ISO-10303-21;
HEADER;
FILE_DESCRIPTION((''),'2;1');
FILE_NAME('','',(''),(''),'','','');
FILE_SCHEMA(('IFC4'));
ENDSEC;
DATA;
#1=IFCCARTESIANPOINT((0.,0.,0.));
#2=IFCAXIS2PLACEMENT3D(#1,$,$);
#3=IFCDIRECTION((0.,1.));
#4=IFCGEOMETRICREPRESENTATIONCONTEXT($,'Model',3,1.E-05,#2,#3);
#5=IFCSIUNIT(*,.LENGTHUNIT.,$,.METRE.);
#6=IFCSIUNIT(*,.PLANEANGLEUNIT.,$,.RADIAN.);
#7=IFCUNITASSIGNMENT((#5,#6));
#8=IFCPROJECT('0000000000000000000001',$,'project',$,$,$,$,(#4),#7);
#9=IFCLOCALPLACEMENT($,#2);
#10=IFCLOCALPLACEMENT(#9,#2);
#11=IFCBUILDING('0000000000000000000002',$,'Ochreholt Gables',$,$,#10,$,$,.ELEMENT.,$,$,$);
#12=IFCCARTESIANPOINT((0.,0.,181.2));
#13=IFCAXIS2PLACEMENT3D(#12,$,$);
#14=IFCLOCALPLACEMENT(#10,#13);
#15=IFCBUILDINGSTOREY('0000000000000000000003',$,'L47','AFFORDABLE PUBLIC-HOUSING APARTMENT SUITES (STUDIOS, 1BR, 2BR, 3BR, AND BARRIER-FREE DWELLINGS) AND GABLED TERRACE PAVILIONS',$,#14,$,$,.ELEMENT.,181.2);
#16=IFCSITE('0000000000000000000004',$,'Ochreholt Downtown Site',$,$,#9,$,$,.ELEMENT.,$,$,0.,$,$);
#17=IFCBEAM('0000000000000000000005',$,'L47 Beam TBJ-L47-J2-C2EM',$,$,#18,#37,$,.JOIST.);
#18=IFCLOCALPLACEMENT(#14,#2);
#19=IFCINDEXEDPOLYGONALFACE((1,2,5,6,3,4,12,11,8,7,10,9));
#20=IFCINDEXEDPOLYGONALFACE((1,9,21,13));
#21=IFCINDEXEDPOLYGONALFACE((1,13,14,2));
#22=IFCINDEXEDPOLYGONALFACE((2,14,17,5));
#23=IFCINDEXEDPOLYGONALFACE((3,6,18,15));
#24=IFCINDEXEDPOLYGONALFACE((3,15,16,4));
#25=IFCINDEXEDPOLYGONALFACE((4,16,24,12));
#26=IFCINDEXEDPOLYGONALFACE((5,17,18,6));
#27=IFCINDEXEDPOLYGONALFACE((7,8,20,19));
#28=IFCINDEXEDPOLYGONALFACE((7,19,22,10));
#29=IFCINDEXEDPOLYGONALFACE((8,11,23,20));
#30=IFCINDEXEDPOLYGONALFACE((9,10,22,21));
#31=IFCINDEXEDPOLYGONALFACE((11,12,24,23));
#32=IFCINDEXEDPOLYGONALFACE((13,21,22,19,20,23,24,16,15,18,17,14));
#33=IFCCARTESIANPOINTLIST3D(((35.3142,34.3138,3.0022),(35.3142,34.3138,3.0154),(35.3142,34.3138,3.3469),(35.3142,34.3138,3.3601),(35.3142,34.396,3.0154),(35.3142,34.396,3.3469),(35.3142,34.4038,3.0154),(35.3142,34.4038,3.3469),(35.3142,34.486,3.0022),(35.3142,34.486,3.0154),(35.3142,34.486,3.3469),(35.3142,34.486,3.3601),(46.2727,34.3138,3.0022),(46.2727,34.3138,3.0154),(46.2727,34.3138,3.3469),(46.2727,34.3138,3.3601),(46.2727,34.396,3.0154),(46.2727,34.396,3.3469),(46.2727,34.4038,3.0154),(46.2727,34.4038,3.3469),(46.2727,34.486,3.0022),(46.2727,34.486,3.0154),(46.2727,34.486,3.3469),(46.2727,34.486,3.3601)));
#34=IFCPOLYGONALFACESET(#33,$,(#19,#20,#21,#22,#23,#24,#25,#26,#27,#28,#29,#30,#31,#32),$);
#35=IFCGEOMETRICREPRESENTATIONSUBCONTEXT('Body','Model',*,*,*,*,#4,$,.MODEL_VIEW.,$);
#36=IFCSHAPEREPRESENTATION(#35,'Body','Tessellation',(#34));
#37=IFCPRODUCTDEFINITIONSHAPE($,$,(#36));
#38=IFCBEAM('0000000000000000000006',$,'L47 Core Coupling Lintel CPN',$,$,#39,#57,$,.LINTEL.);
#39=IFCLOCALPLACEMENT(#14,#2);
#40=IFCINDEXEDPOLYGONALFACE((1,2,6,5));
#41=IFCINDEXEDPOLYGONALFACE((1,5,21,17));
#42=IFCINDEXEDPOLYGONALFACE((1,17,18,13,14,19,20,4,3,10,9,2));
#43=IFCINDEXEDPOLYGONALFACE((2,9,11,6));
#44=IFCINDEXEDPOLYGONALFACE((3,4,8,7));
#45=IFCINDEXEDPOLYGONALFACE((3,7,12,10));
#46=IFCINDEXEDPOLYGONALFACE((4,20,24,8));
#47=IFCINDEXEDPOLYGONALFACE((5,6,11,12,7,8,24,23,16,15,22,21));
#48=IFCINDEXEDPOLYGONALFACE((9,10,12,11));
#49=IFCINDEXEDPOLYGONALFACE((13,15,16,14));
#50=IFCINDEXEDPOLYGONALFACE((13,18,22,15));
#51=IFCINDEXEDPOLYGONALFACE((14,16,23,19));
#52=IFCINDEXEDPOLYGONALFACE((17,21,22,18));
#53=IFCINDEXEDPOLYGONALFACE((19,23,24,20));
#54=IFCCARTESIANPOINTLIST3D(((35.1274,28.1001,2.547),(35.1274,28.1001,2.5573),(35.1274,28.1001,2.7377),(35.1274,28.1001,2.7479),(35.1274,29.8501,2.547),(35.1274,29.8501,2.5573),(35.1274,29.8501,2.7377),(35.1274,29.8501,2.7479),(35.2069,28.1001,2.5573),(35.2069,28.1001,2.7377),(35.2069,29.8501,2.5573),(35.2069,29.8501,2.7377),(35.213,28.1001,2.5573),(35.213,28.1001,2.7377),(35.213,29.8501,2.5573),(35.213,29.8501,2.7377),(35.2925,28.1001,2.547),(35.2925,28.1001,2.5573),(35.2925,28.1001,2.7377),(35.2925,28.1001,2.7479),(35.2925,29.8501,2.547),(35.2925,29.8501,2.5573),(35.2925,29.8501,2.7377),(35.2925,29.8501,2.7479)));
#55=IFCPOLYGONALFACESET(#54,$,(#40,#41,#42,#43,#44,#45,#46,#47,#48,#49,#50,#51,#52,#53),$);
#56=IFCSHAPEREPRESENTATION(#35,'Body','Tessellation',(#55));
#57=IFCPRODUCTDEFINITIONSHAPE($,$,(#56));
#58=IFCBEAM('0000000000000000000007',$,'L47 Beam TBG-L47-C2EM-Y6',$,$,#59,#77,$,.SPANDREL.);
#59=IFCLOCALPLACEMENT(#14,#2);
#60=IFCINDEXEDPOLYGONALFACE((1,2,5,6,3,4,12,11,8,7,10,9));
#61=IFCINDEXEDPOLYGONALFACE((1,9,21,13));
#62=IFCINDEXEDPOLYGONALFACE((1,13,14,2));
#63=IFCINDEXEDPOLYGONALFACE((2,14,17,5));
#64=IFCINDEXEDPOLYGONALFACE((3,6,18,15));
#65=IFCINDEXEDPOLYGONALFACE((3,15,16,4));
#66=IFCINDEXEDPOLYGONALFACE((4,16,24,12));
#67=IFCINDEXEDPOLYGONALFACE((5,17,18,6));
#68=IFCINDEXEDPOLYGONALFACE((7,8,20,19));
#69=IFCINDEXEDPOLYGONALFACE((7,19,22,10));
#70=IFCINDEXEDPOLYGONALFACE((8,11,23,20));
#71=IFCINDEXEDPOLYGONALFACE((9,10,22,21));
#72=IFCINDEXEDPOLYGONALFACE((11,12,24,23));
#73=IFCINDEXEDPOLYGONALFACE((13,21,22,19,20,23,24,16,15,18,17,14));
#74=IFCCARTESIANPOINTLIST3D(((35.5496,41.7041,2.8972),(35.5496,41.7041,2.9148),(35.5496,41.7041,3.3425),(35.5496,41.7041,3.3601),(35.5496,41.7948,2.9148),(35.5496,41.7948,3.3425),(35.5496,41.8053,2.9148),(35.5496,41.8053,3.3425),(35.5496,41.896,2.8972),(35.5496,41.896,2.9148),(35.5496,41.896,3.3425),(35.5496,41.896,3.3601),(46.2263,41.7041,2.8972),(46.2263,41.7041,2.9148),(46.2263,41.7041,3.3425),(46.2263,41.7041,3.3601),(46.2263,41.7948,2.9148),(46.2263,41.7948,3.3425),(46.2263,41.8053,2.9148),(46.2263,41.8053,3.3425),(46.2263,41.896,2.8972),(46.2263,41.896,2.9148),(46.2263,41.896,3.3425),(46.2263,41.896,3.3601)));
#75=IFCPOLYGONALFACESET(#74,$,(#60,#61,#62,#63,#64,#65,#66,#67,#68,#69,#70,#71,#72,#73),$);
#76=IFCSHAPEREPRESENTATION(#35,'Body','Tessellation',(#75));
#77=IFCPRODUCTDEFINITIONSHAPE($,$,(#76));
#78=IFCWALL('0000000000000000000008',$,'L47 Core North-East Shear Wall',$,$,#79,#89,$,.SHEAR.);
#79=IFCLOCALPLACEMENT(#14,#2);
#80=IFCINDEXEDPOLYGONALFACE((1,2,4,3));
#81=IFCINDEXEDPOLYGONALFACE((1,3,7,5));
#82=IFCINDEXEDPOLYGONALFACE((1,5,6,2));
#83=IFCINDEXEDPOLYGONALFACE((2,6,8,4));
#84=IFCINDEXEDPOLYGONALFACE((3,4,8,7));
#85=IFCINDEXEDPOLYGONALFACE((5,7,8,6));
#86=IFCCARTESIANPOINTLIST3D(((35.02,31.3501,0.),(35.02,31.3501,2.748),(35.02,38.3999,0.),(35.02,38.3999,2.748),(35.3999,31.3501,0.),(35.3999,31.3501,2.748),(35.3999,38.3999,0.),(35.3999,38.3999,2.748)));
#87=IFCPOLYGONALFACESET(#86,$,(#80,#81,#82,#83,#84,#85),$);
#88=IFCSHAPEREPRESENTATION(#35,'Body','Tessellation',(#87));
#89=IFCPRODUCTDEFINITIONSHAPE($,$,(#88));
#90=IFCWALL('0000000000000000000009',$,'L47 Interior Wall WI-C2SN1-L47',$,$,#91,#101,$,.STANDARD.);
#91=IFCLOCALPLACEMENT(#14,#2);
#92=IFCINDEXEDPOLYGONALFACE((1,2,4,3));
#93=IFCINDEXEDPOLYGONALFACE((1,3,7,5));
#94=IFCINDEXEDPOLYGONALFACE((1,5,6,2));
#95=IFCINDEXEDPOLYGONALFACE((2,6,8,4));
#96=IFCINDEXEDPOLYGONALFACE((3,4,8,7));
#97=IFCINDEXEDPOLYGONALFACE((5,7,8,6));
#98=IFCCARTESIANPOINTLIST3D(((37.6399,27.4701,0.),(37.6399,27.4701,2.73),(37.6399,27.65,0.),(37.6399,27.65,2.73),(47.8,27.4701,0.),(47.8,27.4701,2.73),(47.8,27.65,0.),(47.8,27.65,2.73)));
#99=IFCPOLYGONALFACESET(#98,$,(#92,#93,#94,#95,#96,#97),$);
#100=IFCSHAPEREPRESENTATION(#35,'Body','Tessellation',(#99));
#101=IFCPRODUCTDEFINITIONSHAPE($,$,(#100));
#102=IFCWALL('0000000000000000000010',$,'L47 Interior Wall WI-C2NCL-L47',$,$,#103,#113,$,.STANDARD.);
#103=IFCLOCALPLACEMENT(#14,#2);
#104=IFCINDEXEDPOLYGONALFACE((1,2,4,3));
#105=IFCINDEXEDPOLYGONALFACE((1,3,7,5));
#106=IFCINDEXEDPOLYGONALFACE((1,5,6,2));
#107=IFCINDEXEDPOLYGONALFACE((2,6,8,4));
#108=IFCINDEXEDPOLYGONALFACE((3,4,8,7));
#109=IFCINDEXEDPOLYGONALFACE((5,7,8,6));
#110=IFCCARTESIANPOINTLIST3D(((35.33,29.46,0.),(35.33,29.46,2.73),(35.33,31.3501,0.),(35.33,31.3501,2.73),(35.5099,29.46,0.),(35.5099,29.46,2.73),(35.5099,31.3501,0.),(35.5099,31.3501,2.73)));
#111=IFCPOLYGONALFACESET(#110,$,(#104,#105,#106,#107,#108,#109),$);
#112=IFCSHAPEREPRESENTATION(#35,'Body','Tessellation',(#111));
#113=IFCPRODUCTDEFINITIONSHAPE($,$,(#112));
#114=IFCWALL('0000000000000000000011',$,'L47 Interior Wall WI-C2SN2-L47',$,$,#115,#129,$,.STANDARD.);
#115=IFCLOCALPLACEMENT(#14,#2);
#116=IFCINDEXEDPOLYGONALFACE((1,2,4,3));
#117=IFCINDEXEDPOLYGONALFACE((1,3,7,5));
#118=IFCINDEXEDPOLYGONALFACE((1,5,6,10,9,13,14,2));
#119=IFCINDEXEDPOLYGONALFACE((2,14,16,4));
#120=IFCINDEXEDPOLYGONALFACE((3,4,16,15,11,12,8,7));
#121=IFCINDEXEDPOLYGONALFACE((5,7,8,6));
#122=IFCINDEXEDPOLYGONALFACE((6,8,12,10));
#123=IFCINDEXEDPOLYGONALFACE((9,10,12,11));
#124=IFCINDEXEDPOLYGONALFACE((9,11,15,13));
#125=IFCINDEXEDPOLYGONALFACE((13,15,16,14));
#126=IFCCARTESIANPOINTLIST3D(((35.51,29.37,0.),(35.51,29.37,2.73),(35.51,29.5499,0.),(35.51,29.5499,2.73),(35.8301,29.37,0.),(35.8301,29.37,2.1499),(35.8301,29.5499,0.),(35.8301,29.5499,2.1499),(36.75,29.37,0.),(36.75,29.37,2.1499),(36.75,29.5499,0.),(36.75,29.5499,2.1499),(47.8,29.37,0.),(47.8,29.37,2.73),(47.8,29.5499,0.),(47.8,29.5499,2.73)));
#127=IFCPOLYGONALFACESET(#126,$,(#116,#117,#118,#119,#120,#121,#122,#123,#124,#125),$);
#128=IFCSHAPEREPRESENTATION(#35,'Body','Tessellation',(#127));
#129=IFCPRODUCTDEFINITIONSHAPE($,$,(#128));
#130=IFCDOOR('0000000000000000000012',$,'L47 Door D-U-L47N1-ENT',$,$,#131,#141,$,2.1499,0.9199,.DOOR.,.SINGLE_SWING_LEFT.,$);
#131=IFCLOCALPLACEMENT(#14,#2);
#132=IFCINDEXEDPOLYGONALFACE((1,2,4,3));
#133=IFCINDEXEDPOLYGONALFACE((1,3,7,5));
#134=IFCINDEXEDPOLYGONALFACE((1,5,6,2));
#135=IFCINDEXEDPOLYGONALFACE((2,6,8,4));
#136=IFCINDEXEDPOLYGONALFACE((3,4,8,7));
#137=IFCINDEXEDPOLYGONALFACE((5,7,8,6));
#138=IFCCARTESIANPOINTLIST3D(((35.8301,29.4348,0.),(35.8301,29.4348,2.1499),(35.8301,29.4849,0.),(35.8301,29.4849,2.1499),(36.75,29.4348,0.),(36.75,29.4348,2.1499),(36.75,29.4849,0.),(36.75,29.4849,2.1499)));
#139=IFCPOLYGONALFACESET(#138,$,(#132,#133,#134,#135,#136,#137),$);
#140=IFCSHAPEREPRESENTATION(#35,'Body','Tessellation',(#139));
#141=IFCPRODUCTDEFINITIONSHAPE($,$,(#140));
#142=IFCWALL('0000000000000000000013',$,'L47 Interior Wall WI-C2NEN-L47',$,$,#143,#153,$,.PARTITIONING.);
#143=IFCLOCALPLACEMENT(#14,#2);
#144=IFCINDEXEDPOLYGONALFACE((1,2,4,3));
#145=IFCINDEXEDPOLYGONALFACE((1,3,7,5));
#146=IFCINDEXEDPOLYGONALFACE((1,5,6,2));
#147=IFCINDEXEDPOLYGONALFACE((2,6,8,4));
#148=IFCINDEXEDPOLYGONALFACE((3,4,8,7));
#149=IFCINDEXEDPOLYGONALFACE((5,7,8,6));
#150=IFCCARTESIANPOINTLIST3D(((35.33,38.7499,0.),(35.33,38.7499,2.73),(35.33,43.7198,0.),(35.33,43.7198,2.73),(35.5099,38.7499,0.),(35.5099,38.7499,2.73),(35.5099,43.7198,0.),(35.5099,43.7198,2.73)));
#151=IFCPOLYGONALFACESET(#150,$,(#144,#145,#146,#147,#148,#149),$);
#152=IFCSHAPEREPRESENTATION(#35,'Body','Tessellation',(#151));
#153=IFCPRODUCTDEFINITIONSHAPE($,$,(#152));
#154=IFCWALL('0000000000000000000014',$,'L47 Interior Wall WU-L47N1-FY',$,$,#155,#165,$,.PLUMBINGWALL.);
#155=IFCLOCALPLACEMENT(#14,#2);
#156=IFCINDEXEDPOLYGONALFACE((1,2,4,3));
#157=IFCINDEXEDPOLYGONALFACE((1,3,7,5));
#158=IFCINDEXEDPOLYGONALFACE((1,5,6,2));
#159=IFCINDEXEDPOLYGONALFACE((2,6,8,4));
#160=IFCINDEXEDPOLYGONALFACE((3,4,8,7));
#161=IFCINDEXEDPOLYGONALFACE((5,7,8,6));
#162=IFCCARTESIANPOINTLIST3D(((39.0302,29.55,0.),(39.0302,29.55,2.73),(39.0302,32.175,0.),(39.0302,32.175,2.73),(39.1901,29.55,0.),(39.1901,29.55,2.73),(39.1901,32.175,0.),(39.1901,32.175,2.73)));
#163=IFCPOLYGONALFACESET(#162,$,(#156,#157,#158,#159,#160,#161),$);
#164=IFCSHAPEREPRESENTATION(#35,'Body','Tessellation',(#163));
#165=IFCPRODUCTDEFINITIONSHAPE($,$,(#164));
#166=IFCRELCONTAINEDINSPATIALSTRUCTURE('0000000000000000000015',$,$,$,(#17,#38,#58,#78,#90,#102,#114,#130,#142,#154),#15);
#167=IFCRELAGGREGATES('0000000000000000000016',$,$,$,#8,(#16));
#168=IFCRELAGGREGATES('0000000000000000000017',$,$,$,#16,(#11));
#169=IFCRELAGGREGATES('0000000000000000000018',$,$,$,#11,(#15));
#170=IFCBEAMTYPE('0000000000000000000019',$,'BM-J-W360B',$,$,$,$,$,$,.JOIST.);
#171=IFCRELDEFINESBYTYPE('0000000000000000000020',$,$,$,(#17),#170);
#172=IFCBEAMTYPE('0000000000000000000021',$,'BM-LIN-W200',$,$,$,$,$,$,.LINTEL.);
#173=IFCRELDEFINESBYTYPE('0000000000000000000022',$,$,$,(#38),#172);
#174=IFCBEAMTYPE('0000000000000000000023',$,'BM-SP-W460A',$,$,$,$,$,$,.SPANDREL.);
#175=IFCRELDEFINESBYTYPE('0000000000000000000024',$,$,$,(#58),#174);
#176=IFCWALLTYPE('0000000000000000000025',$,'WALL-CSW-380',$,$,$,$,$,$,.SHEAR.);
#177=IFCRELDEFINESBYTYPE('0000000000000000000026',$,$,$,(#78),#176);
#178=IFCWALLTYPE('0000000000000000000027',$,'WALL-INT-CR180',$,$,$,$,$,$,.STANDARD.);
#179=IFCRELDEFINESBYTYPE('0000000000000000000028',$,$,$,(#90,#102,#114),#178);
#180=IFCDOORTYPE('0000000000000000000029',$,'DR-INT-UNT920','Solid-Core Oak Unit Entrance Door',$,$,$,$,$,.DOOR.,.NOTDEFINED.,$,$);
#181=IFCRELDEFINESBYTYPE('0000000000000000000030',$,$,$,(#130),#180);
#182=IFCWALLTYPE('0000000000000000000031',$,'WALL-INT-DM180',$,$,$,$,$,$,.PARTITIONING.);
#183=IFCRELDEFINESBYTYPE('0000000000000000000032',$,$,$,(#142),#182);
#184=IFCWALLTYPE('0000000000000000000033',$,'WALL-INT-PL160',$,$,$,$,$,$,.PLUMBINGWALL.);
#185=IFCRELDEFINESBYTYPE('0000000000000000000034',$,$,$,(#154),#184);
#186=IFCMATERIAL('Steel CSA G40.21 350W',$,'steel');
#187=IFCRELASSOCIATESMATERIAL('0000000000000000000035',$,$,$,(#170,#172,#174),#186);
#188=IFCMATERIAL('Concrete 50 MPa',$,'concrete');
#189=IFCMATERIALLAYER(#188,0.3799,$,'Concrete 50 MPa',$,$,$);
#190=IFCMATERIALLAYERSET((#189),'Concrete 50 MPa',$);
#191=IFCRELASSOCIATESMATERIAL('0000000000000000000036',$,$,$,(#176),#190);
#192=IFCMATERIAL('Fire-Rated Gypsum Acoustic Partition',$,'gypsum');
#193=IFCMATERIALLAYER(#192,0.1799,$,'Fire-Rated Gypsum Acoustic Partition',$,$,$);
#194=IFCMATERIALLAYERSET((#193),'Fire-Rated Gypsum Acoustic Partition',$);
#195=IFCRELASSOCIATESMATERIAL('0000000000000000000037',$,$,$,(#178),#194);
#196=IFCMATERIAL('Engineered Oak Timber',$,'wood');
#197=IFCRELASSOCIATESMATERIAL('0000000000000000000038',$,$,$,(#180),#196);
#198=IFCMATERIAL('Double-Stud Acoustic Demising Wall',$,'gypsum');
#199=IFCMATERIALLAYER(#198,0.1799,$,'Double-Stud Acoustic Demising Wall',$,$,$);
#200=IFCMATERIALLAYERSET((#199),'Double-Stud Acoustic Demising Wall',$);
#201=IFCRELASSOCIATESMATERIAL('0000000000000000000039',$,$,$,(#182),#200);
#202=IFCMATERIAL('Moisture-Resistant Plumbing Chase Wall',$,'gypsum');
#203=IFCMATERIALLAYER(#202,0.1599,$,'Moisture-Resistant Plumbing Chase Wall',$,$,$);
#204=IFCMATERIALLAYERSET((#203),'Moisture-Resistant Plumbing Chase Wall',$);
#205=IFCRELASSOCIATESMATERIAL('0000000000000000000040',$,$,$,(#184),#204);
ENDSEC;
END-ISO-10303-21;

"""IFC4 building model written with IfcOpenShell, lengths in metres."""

from ifc_helpers import new_model, si_unit, direction, frame, frame_2d, origin, origin_2d, place, context, subcontext, project, spatial, rectangle, i_section, extrude, material, layer, layer_set, material_profile, profile_set, type_object, element, fill, save


model = new_model("IFC4")

# Units and contexts
model_context = context("Model", 3, precision=1e-05, world=origin(), true_north=direction((0.0, 1.0)))
body_context = subcontext(model_context, "Body", "Model", "MODEL_VIEW")
ifc_project = project(units=[si_unit("LENGTHUNIT", "METRE"), si_unit("PLANEANGLEUNIT", "RADIAN")], contexts=[model_context])

# Site, building, storey
site_placement = place(None, origin())
site = spatial("IfcSite", under=ifc_project, at=site_placement, Name="Ochreholt Downtown Site", CompositionType="ELEMENT", RefElevation=0.0)
building_placement = place(site_placement, origin())
building = spatial("IfcBuilding", under=site, at=building_placement, Name="Ochreholt Gables", CompositionType="ELEMENT")
storey_placement = place(building_placement, frame((0.0, 0.0, 181.2)))
storey = spatial("IfcBuildingStorey", under=building, at=storey_placement, Name="L47", Description="AFFORDABLE PUBLIC-HOUSING APARTMENT SUITES (STUDIOS, 1BR, 2BR, 3BR, AND BARRIER-FREE DWELLINGS) AND GABLED TERRACE PAVILIONS", CompositionType="ELEMENT", Elevation=181.2)

# Shared definitions
ifc_material_1 = material(Name="Steel CSA G40.21 350W", Category="steel")
ifc_material_2 = material(Name="Concrete 50 MPa", Category="concrete")

# Beams
ifc_material_profile_1 = material_profile(ifc_material_1, i_section(OverallWidth=0.1721, OverallDepth=0.3579, WebThickness=0.0078, FlangeThickness=0.0132, at=origin_2d()), Name="W360X57")
ifc_profile_set_1 = profile_set([ifc_material_profile_1], Name="Steel CSA G40.21 350W")
beam_type_1 = type_object("IfcBeamType", Name="BM-J-W360B", PredefinedType="JOIST", material=ifc_profile_set_1)
beam_1_placement = place(storey_placement, frame((35.3142, 34.3999, 3.1812), z_axis=(1.0, 0.0, 0.0), x_axis=(0.0, 1.0, 0.0)))
element("IfcBeam", 1, at=beam_1_placement, inside=storey, type_object=beam_type_1, Name="L47 Beam TBJ-L47-J2-C2EM", PredefinedType="JOIST", context=body_context, shape_type="SweptSolid", body=[
    extrude(i_section(OverallWidth=0.1721, OverallDepth=0.3579, WebThickness=0.0078, FlangeThickness=0.0132, at=origin_2d()), origin(), (0.0, 0.0, 1.0), 10.9585),
])
ifc_material_profile_2 = material_profile(ifc_material_1, i_section(OverallWidth=0.165, OverallDepth=0.2009, WebThickness=0.0061, FlangeThickness=0.0103, at=origin_2d()), Name="W200X36")
ifc_profile_set_2 = profile_set([ifc_material_profile_2], Name="Steel CSA G40.21 350W")
beam_type_2 = type_object("IfcBeamType", Name="BM-LIN-W200", PredefinedType="LINTEL", material=ifc_profile_set_2)
beam_2_placement = place(storey_placement, frame((35.21, 28.1001, 2.6475), z_axis=(0.0, 1.0, 0.0), x_axis=(-1.0, 0.0, 0.0)))
element("IfcBeam", 2, at=beam_2_placement, inside=storey, type_object=beam_type_2, Name="L47 Core Coupling Lintel CPN", PredefinedType="LINTEL", context=body_context, shape_type="SweptSolid", body=[
    extrude(i_section(OverallWidth=0.165, OverallDepth=0.2009, WebThickness=0.0061, FlangeThickness=0.0103, at=origin_2d()), origin(), (0.0, 0.0, 1.0), 1.75),
])
ifc_material_profile_3 = material_profile(ifc_material_1, i_section(OverallWidth=0.1919, OverallDepth=0.4629, WebThickness=0.0105, FlangeThickness=0.0176, at=origin_2d()), Name="W460X89")
ifc_profile_set_3 = profile_set([ifc_material_profile_3], Name="Steel CSA G40.21 350W")
beam_type_3 = type_object("IfcBeamType", Name="BM-SP-W460A", PredefinedType="SPANDREL", material=ifc_profile_set_3)
beam_3_placement = place(storey_placement, frame((35.5496, 41.8, 3.1287), z_axis=(1.0, 0.0, 0.0), x_axis=(0.0, 1.0, 0.0)))
element("IfcBeam", 3, at=beam_3_placement, inside=storey, type_object=beam_type_3, Name="L47 Beam TBG-L47-C2EM-Y6", PredefinedType="SPANDREL", context=body_context, shape_type="SweptSolid", body=[
    extrude(i_section(OverallWidth=0.1919, OverallDepth=0.4629, WebThickness=0.0105, FlangeThickness=0.0176, at=origin_2d()), origin(), (0.0, 0.0, 1.0), 10.6768),
])

# Walls
ifc_layer_1 = layer(ifc_material_2, 0.3799, Name="Concrete 50 MPa")
ifc_layer_set_1 = layer_set([ifc_layer_1], Name="Concrete 50 MPa")
wall_type_1 = type_object("IfcWallType", Name="WALL-CSW-380", PredefinedType="SHEAR", material=ifc_layer_set_1)
wall_1_placement = place(storey_placement, frame((35.21, 31.3501, 0.0), z_axis=(0.0, 0.0, 1.0), x_axis=(0.0, 1.0, 0.0)))
element("IfcWall", 4, at=wall_1_placement, inside=storey, type_object=wall_type_1, Name="L47 Core North-East Shear Wall", PredefinedType="SHEAR", context=body_context, shape_type="SweptSolid", body=[
    extrude(rectangle(XDim=7.0498, YDim=0.3799, at=frame_2d((3.5249, 0.0))), origin(), (0.0, 0.0, 1.0), 2.748),
])
ifc_material_3 = material(Name="Fire-Rated Gypsum Acoustic Partition", Category="gypsum")
ifc_layer_2 = layer(ifc_material_3, 0.1799, Name="Fire-Rated Gypsum Acoustic Partition")
ifc_layer_set_2 = layer_set([ifc_layer_2], Name="Fire-Rated Gypsum Acoustic Partition")
wall_type_2 = type_object("IfcWallType", Name="WALL-INT-CR180", PredefinedType="STANDARD", material=ifc_layer_set_2)
wall_2_placement = place(storey_placement, frame((37.6399, 27.5601, 0.0), z_axis=(0.0, 0.0, 1.0), x_axis=(1.0, 0.0, 0.0)))
element("IfcWall", 5, at=wall_2_placement, inside=storey, type_object=wall_type_2, Name="L47 Interior Wall WI-C2SN1-L47", PredefinedType="STANDARD", context=body_context, shape_type="SweptSolid", body=[
    extrude(rectangle(XDim=10.1602, YDim=0.1799, at=frame_2d((5.0801, 0.0))), origin(), (0.0, 0.0, 1.0), 2.73),
])
wall_3_placement = place(storey_placement, frame((35.4199, 29.46, 0.0), z_axis=(0.0, 0.0, 1.0), x_axis=(0.0, 1.0, 0.0)))
element("IfcWall", 6, at=wall_3_placement, inside=storey, type_object=wall_type_2, Name="L47 Interior Wall WI-C2NCL-L47", PredefinedType="STANDARD", context=body_context, shape_type="SweptSolid", body=[
    extrude(rectangle(XDim=1.8901, YDim=0.1799, at=frame_2d((0.9451, 0.0))), origin(), (0.0, 0.0, 1.0), 2.73),
])

# Wall, opening, door
wall_4_placement = place(storey_placement, frame((35.51, 29.46, 0.0), z_axis=(0.0, 0.0, 1.0), x_axis=(1.0, 0.0, 0.0)))
wall_4 = element("IfcWall", 7, at=wall_4_placement, inside=storey, type_object=wall_type_2, Name="L47 Interior Wall WI-C2SN2-L47", PredefinedType="STANDARD", context=body_context, shape_type="SweptSolid", body=[
    extrude(rectangle(XDim=12.29, YDim=0.1799, at=frame_2d((6.145, 0.0))), origin(), (0.0, 0.0, 1.0), 2.73),
])
opening_1_placement = place(wall_4_placement, frame((0.3201, 0.0, 0.0)))
opening_1 = element("IfcOpeningElement", 8, at=opening_1_placement, cuts=wall_4, PredefinedType="OPENING", context=body_context, shape_type="SweptSolid", body=[
    extrude(rectangle(XDim=0.9199, YDim=2.1499, at=frame_2d((0.46, 1.075))), frame((0.0, 0.0999, 0.0), z_axis=(0.0, -1.0, 0.0), x_axis=(1.0, 0.0, 0.0)), (0.0, 0.0, 1.0), 0.2),
])
ifc_material_4 = material(Name="Engineered Oak Timber", Category="wood")
door_type_1 = type_object("IfcDoorType", Name="DR-INT-UNT920", Description="Solid-Core Oak Unit Entrance Door", OperationType="NOTDEFINED", PredefinedType="DOOR", material=ifc_material_4)
door_1_placement = place(opening_1_placement, origin())
door_1 = element("IfcDoor", 9, at=door_1_placement, inside=storey, type_object=door_type_1, Name="L47 Door D-U-L47N1-ENT", OperationType="SINGLE_SWING_LEFT", OverallHeight=2.1499, OverallWidth=0.9199, PredefinedType="DOOR", context=body_context, shape_type="SweptSolid", body=[
    extrude(rectangle(XDim=0.9199, YDim=2.1499, at=frame_2d((0.46, 1.075))), frame((0.0, 0.0249, 0.0), z_axis=(0.0, -1.0, 0.0), x_axis=(1.0, 0.0, 0.0)), (0.0, 0.0, 1.0), 0.05),
])
fill(opening_1, door_1)

# Wall
ifc_material_5 = material(Name="Double-Stud Acoustic Demising Wall", Category="gypsum")
ifc_layer_3 = layer(ifc_material_5, 0.1799, Name="Double-Stud Acoustic Demising Wall")
ifc_layer_set_3 = layer_set([ifc_layer_3], Name="Double-Stud Acoustic Demising Wall")
wall_type_3 = type_object("IfcWallType", Name="WALL-INT-DM180", PredefinedType="PARTITIONING", material=ifc_layer_set_3)
wall_5_placement = place(storey_placement, frame((35.4199, 38.75, 0.0), z_axis=(0.0, 0.0, 1.0), x_axis=(0.0, 1.0, 0.0)))
element("IfcWall", 10, at=wall_5_placement, inside=storey, type_object=wall_type_3, Name="L47 Interior Wall WI-C2NEN-L47", PredefinedType="PARTITIONING", context=body_context, shape_type="SweptSolid", body=[
    extrude(rectangle(XDim=4.97, YDim=0.1799, at=frame_2d((2.4849, 0.0))), origin(), (0.0, 0.0, 1.0), 2.73),
])

# Shared definitions
ifc_material_6 = material(Name="Moisture-Resistant Plumbing Chase Wall", Category="gypsum")
ifc_layer_4 = layer(ifc_material_6, 0.1599, Name="Moisture-Resistant Plumbing Chase Wall")
ifc_layer_set_4 = layer_set([ifc_layer_4], Name="Moisture-Resistant Plumbing Chase Wall")
wall_type_4 = type_object("IfcWallType", Name="WALL-INT-PL160", PredefinedType="PLUMBINGWALL", material=ifc_layer_set_4)

# Wall
wall_6_placement = place(storey_placement, frame((39.1101, 29.55, 0.0), z_axis=(0.0, 0.0, 1.0), x_axis=(0.0, 1.0, 0.0)))
element("IfcWall", 11, at=wall_6_placement, inside=storey, type_object=wall_type_4, Name="L47 Interior Wall WU-L47N1-FY", PredefinedType="PLUMBINGWALL", context=body_context, shape_type="SweptSolid", body=[
    extrude(rectangle(XDim=2.625, YDim=0.1599, at=frame_2d((1.3125, 0.0))), origin(), (0.0, 0.0, 1.0), 2.73),
])

save(model, "model.ifc")
